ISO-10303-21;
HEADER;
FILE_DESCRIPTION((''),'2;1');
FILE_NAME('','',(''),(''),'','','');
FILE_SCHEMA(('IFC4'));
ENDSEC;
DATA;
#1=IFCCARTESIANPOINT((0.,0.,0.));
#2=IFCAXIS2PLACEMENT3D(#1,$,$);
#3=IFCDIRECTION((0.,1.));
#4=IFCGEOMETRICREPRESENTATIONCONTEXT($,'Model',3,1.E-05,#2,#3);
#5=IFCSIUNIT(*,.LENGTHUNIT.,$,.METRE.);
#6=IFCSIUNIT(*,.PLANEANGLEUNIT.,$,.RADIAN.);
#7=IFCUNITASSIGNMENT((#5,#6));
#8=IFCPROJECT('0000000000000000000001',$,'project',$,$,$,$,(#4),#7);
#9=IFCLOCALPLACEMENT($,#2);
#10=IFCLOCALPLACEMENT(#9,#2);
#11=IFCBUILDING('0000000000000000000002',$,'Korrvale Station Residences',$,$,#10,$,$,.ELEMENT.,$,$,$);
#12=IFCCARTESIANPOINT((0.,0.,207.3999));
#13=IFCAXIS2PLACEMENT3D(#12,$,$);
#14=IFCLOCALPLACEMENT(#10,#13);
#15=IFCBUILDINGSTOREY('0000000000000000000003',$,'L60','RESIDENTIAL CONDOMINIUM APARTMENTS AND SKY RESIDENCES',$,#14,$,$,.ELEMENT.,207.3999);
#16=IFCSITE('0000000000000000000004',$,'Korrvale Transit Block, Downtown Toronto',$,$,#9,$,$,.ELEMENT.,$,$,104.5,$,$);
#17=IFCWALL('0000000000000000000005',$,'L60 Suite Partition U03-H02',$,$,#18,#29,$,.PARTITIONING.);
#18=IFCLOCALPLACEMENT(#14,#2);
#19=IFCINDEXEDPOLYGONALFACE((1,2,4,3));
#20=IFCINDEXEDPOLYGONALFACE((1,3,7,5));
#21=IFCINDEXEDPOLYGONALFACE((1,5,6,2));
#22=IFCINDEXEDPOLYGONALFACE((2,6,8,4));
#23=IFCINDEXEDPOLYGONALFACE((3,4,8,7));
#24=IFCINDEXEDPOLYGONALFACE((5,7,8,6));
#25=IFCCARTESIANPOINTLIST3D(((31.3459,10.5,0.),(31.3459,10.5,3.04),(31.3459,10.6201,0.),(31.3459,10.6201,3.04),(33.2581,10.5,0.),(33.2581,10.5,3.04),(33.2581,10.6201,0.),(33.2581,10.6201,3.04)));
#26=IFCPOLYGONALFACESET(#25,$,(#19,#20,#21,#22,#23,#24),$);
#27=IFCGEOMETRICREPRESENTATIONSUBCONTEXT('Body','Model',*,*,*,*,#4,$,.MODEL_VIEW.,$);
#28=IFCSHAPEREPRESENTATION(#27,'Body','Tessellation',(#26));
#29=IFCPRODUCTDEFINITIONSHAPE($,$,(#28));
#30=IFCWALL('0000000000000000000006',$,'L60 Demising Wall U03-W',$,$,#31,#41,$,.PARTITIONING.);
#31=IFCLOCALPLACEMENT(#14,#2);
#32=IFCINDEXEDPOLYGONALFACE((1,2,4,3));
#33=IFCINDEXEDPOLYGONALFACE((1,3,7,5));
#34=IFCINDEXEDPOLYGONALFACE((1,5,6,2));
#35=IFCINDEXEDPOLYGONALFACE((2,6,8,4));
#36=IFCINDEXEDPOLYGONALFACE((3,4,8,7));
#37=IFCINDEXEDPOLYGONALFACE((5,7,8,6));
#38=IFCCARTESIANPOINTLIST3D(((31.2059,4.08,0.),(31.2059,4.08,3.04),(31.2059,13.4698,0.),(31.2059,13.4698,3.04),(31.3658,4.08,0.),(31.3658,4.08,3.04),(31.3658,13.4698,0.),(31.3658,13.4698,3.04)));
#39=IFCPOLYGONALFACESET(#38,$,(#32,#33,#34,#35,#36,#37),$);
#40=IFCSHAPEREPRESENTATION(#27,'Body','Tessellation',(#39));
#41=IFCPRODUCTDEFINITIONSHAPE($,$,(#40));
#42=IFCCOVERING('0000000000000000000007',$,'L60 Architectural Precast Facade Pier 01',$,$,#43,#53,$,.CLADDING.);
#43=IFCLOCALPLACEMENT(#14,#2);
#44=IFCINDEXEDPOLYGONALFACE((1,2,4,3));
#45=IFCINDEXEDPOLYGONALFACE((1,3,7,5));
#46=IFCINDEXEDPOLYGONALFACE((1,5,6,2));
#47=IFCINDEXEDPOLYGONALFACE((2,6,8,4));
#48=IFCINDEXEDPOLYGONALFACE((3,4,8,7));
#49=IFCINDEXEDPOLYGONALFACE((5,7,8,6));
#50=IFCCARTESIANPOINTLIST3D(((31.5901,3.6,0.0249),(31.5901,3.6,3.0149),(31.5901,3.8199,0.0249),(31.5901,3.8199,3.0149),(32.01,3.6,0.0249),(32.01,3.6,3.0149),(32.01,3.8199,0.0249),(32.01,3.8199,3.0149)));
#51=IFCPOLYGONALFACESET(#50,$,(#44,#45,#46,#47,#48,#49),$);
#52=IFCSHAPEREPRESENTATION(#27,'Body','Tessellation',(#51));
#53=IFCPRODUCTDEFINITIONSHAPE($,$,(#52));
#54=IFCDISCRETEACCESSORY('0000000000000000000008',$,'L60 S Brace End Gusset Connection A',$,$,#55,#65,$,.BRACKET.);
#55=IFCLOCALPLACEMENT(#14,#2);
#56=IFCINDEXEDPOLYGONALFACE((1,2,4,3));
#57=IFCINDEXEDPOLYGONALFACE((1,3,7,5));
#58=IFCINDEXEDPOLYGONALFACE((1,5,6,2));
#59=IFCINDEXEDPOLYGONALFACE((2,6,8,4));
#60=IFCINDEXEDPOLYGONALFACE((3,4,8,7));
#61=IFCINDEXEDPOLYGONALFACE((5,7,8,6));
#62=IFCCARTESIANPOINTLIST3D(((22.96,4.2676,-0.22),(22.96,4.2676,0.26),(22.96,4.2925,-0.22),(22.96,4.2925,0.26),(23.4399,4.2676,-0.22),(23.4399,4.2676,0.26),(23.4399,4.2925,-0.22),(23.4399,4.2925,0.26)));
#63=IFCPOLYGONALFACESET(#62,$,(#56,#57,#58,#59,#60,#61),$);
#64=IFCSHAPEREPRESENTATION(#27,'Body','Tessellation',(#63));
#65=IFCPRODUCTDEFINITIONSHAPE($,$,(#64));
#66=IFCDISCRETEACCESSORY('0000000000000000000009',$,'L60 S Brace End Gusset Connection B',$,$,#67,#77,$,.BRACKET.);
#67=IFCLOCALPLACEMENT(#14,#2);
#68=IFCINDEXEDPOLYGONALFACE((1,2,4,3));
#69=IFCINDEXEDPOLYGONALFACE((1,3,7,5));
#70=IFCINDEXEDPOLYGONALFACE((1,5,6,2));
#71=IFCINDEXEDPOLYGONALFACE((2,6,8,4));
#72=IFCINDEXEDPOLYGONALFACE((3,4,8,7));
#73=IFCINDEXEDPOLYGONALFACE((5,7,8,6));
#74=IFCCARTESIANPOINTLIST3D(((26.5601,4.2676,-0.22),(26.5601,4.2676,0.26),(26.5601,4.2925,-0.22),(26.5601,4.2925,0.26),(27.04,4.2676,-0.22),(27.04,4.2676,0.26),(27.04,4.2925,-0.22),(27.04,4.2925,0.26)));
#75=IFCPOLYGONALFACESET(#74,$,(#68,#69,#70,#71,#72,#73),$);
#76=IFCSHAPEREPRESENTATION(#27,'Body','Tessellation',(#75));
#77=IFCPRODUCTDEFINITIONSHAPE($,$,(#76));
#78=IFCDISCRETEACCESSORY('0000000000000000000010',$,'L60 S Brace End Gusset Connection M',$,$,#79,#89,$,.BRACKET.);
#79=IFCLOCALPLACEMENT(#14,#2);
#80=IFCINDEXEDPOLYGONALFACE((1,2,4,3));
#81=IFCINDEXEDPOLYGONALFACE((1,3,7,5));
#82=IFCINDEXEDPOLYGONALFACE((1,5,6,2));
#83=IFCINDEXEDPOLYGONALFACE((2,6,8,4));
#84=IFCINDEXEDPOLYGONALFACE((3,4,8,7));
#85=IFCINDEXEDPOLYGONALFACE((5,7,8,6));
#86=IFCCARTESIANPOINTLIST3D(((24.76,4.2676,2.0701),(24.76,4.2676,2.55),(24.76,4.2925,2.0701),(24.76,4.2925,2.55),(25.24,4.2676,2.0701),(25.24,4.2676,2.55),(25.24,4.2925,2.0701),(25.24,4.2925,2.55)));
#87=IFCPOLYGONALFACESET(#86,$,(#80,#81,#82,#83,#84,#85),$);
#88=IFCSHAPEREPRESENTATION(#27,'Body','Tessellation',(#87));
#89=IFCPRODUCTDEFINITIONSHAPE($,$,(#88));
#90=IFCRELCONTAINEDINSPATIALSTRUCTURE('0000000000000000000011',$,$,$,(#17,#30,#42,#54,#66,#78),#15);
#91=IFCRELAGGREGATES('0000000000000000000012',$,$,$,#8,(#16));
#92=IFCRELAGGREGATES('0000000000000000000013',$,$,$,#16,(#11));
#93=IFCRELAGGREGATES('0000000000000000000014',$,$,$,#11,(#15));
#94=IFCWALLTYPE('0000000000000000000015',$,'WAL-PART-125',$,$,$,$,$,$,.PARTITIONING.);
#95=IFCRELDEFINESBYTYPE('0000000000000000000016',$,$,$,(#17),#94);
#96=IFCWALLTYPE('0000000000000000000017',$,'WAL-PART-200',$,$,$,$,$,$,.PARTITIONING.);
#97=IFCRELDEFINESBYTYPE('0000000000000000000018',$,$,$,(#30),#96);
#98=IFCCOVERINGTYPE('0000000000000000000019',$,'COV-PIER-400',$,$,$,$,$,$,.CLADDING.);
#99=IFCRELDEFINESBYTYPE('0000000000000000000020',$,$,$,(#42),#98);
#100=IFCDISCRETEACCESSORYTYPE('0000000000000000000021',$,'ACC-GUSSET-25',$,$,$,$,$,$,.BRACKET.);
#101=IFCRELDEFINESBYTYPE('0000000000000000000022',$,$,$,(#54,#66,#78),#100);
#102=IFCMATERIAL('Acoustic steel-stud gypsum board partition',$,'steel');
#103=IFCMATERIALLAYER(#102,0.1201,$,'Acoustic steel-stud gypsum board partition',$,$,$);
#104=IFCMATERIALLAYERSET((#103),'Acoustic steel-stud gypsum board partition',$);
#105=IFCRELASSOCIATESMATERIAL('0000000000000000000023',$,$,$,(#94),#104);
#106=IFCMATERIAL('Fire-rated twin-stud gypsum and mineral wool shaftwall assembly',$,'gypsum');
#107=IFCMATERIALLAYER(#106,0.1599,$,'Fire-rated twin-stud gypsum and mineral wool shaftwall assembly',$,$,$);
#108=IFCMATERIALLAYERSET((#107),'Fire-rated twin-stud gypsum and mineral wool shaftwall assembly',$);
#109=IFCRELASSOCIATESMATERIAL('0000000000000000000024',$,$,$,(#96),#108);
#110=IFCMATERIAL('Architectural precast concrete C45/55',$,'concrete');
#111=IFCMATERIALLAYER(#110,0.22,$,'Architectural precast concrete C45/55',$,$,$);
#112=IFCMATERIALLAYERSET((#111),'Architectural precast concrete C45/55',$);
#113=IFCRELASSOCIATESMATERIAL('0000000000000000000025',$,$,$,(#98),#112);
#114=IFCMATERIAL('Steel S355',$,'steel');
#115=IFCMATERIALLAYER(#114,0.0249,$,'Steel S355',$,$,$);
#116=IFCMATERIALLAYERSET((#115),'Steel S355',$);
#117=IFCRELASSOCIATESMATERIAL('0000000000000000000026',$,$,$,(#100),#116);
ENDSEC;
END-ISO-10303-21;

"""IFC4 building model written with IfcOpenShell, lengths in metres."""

from ifc_helpers import new_model, si_unit, direction, frame, frame_2d, origin, origin_2d, place, context, subcontext, project, spatial, rectangle, extrude, material, layer, layer_set, type_object, element, save


model = new_model("IFC4")

# Units and contexts
model_context = context("Model", 3, precision=1e-05, world=origin(), true_north=direction((0.0, 1.0)))
body_context = subcontext(model_context, "Body", "Model", "MODEL_VIEW")
ifc_project = project(units=[si_unit("LENGTHUNIT", "METRE"), si_unit("PLANEANGLEUNIT", "RADIAN")], contexts=[model_context])

# Site, building, storey
site_placement = place(None, origin())
site = spatial("IfcSite", under=ifc_project, at=site_placement, Name="Korrvale Transit Block, Downtown Toronto", CompositionType="ELEMENT", RefElevation=104.5)
building_placement = place(site_placement, origin())
building = spatial("IfcBuilding", under=site, at=building_placement, Name="Korrvale Station Residences", CompositionType="ELEMENT")
storey_placement = place(building_placement, frame((0.0, 0.0, 207.3999)))
storey = spatial("IfcBuildingStorey", under=building, at=storey_placement, Name="L60", Description="RESIDENTIAL CONDOMINIUM APARTMENTS AND SKY RESIDENCES", CompositionType="ELEMENT", Elevation=207.3999)

# Shared definitions
ifc_material_1 = material(Name="Steel S355", Category="steel")

# Shared definitions
ifc_material_2 = material(Name="Acoustic steel-stud gypsum board partition", Category="steel")
ifc_layer_1 = layer(ifc_material_2, 0.1201, Name="Acoustic steel-stud gypsum board partition")
ifc_layer_set_1 = layer_set([ifc_layer_1], Name="Acoustic steel-stud gypsum board partition")
wall_type_1 = type_object("IfcWallType", Name="WAL-PART-125", PredefinedType="PARTITIONING", material=ifc_layer_set_1)

# Walls
wall_1_placement = place(storey_placement, frame((31.3459, 10.5601, 0.0), z_axis=(0.0, 0.0, 1.0), x_axis=(1.0, 0.0, 0.0)))
element("IfcWall", 1, at=wall_1_placement, inside=storey, type_object=wall_type_1, Name="L60 Suite Partition U03-H02", PredefinedType="PARTITIONING", context=body_context, shape_type="SweptSolid", body=[
    extrude(rectangle(XDim=1.9121, YDim=0.1201, at=frame_2d((0.9561, 0.0))), origin(), (0.0, 0.0, 1.0), 3.04),
])
ifc_material_3 = material(Name="Fire-rated twin-stud gypsum and mineral wool shaftwall assembly", Category="gypsum")
ifc_layer_2 = layer(ifc_material_3, 0.1599, Name="Fire-rated twin-stud gypsum and mineral wool shaftwall assembly")
ifc_layer_set_2 = layer_set([ifc_layer_2], Name="Fire-rated twin-stud gypsum and mineral wool shaftwall assembly")
wall_type_2 = type_object("IfcWallType", Name="WAL-PART-200", PredefinedType="PARTITIONING", material=ifc_layer_set_2)
wall_2_placement = place(storey_placement, frame((31.2859, 4.0801, 0.0), z_axis=(0.0, 0.0, 1.0), x_axis=(0.0, 1.0, 0.0)))
element("IfcWall", 2, at=wall_2_placement, inside=storey, type_object=wall_type_2, Name="L60 Demising Wall U03-W", PredefinedType="PARTITIONING", context=body_context, shape_type="SweptSolid", body=[
    extrude(rectangle(XDim=9.3899, YDim=0.1599, at=frame_2d((4.6948, 0.0))), origin(), (0.0, 0.0, 1.0), 3.04),
])

# Covering
ifc_material_4 = material(Name="Architectural precast concrete C45/55", Category="concrete")
ifc_layer_3 = layer(ifc_material_4, 0.22, Name="Architectural precast concrete C45/55")
ifc_layer_set_3 = layer_set([ifc_layer_3], Name="Architectural precast concrete C45/55")
covering_type = type_object("IfcCoveringType", Name="COV-PIER-400", PredefinedType="CLADDING", material=ifc_layer_set_3)
covering_placement = place(storey_placement, frame((31.8, 3.71, 0.0249), z_axis=(0.0, 0.0, 1.0), x_axis=(1.0, 0.0, 0.0)))
element("IfcCovering", 3, at=covering_placement, inside=storey, type_object=covering_type, Name="L60 Architectural Precast Facade Pier 01", PredefinedType="CLADDING", context=body_context, shape_type="SweptSolid", body=[
    extrude(rectangle(XDim=0.4199, YDim=0.22, at=origin_2d()), origin(), (0.0, 0.0, 1.0), 2.99),
])

# Discrete accessories
ifc_layer_4 = layer(ifc_material_1, 0.0249, Name="Steel S355")
ifc_layer_set_4 = layer_set([ifc_layer_4], Name="Steel S355")
discrete_accessory_type = type_object("IfcDiscreteAccessoryType", Name="ACC-GUSSET-25", PredefinedType="BRACKET", material=ifc_layer_set_4)
for number, where, z_axis, x_axis, name in (
    (4, (23.2, 4.28, -0.22), (0.0, 0.0, 1.0), (1.0, 0.0, 0.0), "L60 S Brace End Gusset Connection A"),
    (5, (26.8, 4.28, -0.22), (0.0, 0.0, 1.0), (1.0, 0.0, 0.0), "L60 S Brace End Gusset Connection B"),
    (6, (25.0, 4.28, 2.0701), (0.0, 0.0, 1.0), (1.0, 0.0, 0.0), "L60 S Brace End Gusset Connection M"),
):
    element("IfcDiscreteAccessory", number, at=place(storey_placement, frame(where, z_axis=z_axis, x_axis=x_axis)), inside=storey, type_object=discrete_accessory_type, Name=name, PredefinedType="BRACKET", context=body_context, shape_type="SweptSolid", body=[
        extrude(rectangle(XDim=0.48, YDim=0.0249, at=origin_2d()), origin(), (0.0, 0.0, 1.0), 0.48),
    ])

save(model, "model.ifc")
